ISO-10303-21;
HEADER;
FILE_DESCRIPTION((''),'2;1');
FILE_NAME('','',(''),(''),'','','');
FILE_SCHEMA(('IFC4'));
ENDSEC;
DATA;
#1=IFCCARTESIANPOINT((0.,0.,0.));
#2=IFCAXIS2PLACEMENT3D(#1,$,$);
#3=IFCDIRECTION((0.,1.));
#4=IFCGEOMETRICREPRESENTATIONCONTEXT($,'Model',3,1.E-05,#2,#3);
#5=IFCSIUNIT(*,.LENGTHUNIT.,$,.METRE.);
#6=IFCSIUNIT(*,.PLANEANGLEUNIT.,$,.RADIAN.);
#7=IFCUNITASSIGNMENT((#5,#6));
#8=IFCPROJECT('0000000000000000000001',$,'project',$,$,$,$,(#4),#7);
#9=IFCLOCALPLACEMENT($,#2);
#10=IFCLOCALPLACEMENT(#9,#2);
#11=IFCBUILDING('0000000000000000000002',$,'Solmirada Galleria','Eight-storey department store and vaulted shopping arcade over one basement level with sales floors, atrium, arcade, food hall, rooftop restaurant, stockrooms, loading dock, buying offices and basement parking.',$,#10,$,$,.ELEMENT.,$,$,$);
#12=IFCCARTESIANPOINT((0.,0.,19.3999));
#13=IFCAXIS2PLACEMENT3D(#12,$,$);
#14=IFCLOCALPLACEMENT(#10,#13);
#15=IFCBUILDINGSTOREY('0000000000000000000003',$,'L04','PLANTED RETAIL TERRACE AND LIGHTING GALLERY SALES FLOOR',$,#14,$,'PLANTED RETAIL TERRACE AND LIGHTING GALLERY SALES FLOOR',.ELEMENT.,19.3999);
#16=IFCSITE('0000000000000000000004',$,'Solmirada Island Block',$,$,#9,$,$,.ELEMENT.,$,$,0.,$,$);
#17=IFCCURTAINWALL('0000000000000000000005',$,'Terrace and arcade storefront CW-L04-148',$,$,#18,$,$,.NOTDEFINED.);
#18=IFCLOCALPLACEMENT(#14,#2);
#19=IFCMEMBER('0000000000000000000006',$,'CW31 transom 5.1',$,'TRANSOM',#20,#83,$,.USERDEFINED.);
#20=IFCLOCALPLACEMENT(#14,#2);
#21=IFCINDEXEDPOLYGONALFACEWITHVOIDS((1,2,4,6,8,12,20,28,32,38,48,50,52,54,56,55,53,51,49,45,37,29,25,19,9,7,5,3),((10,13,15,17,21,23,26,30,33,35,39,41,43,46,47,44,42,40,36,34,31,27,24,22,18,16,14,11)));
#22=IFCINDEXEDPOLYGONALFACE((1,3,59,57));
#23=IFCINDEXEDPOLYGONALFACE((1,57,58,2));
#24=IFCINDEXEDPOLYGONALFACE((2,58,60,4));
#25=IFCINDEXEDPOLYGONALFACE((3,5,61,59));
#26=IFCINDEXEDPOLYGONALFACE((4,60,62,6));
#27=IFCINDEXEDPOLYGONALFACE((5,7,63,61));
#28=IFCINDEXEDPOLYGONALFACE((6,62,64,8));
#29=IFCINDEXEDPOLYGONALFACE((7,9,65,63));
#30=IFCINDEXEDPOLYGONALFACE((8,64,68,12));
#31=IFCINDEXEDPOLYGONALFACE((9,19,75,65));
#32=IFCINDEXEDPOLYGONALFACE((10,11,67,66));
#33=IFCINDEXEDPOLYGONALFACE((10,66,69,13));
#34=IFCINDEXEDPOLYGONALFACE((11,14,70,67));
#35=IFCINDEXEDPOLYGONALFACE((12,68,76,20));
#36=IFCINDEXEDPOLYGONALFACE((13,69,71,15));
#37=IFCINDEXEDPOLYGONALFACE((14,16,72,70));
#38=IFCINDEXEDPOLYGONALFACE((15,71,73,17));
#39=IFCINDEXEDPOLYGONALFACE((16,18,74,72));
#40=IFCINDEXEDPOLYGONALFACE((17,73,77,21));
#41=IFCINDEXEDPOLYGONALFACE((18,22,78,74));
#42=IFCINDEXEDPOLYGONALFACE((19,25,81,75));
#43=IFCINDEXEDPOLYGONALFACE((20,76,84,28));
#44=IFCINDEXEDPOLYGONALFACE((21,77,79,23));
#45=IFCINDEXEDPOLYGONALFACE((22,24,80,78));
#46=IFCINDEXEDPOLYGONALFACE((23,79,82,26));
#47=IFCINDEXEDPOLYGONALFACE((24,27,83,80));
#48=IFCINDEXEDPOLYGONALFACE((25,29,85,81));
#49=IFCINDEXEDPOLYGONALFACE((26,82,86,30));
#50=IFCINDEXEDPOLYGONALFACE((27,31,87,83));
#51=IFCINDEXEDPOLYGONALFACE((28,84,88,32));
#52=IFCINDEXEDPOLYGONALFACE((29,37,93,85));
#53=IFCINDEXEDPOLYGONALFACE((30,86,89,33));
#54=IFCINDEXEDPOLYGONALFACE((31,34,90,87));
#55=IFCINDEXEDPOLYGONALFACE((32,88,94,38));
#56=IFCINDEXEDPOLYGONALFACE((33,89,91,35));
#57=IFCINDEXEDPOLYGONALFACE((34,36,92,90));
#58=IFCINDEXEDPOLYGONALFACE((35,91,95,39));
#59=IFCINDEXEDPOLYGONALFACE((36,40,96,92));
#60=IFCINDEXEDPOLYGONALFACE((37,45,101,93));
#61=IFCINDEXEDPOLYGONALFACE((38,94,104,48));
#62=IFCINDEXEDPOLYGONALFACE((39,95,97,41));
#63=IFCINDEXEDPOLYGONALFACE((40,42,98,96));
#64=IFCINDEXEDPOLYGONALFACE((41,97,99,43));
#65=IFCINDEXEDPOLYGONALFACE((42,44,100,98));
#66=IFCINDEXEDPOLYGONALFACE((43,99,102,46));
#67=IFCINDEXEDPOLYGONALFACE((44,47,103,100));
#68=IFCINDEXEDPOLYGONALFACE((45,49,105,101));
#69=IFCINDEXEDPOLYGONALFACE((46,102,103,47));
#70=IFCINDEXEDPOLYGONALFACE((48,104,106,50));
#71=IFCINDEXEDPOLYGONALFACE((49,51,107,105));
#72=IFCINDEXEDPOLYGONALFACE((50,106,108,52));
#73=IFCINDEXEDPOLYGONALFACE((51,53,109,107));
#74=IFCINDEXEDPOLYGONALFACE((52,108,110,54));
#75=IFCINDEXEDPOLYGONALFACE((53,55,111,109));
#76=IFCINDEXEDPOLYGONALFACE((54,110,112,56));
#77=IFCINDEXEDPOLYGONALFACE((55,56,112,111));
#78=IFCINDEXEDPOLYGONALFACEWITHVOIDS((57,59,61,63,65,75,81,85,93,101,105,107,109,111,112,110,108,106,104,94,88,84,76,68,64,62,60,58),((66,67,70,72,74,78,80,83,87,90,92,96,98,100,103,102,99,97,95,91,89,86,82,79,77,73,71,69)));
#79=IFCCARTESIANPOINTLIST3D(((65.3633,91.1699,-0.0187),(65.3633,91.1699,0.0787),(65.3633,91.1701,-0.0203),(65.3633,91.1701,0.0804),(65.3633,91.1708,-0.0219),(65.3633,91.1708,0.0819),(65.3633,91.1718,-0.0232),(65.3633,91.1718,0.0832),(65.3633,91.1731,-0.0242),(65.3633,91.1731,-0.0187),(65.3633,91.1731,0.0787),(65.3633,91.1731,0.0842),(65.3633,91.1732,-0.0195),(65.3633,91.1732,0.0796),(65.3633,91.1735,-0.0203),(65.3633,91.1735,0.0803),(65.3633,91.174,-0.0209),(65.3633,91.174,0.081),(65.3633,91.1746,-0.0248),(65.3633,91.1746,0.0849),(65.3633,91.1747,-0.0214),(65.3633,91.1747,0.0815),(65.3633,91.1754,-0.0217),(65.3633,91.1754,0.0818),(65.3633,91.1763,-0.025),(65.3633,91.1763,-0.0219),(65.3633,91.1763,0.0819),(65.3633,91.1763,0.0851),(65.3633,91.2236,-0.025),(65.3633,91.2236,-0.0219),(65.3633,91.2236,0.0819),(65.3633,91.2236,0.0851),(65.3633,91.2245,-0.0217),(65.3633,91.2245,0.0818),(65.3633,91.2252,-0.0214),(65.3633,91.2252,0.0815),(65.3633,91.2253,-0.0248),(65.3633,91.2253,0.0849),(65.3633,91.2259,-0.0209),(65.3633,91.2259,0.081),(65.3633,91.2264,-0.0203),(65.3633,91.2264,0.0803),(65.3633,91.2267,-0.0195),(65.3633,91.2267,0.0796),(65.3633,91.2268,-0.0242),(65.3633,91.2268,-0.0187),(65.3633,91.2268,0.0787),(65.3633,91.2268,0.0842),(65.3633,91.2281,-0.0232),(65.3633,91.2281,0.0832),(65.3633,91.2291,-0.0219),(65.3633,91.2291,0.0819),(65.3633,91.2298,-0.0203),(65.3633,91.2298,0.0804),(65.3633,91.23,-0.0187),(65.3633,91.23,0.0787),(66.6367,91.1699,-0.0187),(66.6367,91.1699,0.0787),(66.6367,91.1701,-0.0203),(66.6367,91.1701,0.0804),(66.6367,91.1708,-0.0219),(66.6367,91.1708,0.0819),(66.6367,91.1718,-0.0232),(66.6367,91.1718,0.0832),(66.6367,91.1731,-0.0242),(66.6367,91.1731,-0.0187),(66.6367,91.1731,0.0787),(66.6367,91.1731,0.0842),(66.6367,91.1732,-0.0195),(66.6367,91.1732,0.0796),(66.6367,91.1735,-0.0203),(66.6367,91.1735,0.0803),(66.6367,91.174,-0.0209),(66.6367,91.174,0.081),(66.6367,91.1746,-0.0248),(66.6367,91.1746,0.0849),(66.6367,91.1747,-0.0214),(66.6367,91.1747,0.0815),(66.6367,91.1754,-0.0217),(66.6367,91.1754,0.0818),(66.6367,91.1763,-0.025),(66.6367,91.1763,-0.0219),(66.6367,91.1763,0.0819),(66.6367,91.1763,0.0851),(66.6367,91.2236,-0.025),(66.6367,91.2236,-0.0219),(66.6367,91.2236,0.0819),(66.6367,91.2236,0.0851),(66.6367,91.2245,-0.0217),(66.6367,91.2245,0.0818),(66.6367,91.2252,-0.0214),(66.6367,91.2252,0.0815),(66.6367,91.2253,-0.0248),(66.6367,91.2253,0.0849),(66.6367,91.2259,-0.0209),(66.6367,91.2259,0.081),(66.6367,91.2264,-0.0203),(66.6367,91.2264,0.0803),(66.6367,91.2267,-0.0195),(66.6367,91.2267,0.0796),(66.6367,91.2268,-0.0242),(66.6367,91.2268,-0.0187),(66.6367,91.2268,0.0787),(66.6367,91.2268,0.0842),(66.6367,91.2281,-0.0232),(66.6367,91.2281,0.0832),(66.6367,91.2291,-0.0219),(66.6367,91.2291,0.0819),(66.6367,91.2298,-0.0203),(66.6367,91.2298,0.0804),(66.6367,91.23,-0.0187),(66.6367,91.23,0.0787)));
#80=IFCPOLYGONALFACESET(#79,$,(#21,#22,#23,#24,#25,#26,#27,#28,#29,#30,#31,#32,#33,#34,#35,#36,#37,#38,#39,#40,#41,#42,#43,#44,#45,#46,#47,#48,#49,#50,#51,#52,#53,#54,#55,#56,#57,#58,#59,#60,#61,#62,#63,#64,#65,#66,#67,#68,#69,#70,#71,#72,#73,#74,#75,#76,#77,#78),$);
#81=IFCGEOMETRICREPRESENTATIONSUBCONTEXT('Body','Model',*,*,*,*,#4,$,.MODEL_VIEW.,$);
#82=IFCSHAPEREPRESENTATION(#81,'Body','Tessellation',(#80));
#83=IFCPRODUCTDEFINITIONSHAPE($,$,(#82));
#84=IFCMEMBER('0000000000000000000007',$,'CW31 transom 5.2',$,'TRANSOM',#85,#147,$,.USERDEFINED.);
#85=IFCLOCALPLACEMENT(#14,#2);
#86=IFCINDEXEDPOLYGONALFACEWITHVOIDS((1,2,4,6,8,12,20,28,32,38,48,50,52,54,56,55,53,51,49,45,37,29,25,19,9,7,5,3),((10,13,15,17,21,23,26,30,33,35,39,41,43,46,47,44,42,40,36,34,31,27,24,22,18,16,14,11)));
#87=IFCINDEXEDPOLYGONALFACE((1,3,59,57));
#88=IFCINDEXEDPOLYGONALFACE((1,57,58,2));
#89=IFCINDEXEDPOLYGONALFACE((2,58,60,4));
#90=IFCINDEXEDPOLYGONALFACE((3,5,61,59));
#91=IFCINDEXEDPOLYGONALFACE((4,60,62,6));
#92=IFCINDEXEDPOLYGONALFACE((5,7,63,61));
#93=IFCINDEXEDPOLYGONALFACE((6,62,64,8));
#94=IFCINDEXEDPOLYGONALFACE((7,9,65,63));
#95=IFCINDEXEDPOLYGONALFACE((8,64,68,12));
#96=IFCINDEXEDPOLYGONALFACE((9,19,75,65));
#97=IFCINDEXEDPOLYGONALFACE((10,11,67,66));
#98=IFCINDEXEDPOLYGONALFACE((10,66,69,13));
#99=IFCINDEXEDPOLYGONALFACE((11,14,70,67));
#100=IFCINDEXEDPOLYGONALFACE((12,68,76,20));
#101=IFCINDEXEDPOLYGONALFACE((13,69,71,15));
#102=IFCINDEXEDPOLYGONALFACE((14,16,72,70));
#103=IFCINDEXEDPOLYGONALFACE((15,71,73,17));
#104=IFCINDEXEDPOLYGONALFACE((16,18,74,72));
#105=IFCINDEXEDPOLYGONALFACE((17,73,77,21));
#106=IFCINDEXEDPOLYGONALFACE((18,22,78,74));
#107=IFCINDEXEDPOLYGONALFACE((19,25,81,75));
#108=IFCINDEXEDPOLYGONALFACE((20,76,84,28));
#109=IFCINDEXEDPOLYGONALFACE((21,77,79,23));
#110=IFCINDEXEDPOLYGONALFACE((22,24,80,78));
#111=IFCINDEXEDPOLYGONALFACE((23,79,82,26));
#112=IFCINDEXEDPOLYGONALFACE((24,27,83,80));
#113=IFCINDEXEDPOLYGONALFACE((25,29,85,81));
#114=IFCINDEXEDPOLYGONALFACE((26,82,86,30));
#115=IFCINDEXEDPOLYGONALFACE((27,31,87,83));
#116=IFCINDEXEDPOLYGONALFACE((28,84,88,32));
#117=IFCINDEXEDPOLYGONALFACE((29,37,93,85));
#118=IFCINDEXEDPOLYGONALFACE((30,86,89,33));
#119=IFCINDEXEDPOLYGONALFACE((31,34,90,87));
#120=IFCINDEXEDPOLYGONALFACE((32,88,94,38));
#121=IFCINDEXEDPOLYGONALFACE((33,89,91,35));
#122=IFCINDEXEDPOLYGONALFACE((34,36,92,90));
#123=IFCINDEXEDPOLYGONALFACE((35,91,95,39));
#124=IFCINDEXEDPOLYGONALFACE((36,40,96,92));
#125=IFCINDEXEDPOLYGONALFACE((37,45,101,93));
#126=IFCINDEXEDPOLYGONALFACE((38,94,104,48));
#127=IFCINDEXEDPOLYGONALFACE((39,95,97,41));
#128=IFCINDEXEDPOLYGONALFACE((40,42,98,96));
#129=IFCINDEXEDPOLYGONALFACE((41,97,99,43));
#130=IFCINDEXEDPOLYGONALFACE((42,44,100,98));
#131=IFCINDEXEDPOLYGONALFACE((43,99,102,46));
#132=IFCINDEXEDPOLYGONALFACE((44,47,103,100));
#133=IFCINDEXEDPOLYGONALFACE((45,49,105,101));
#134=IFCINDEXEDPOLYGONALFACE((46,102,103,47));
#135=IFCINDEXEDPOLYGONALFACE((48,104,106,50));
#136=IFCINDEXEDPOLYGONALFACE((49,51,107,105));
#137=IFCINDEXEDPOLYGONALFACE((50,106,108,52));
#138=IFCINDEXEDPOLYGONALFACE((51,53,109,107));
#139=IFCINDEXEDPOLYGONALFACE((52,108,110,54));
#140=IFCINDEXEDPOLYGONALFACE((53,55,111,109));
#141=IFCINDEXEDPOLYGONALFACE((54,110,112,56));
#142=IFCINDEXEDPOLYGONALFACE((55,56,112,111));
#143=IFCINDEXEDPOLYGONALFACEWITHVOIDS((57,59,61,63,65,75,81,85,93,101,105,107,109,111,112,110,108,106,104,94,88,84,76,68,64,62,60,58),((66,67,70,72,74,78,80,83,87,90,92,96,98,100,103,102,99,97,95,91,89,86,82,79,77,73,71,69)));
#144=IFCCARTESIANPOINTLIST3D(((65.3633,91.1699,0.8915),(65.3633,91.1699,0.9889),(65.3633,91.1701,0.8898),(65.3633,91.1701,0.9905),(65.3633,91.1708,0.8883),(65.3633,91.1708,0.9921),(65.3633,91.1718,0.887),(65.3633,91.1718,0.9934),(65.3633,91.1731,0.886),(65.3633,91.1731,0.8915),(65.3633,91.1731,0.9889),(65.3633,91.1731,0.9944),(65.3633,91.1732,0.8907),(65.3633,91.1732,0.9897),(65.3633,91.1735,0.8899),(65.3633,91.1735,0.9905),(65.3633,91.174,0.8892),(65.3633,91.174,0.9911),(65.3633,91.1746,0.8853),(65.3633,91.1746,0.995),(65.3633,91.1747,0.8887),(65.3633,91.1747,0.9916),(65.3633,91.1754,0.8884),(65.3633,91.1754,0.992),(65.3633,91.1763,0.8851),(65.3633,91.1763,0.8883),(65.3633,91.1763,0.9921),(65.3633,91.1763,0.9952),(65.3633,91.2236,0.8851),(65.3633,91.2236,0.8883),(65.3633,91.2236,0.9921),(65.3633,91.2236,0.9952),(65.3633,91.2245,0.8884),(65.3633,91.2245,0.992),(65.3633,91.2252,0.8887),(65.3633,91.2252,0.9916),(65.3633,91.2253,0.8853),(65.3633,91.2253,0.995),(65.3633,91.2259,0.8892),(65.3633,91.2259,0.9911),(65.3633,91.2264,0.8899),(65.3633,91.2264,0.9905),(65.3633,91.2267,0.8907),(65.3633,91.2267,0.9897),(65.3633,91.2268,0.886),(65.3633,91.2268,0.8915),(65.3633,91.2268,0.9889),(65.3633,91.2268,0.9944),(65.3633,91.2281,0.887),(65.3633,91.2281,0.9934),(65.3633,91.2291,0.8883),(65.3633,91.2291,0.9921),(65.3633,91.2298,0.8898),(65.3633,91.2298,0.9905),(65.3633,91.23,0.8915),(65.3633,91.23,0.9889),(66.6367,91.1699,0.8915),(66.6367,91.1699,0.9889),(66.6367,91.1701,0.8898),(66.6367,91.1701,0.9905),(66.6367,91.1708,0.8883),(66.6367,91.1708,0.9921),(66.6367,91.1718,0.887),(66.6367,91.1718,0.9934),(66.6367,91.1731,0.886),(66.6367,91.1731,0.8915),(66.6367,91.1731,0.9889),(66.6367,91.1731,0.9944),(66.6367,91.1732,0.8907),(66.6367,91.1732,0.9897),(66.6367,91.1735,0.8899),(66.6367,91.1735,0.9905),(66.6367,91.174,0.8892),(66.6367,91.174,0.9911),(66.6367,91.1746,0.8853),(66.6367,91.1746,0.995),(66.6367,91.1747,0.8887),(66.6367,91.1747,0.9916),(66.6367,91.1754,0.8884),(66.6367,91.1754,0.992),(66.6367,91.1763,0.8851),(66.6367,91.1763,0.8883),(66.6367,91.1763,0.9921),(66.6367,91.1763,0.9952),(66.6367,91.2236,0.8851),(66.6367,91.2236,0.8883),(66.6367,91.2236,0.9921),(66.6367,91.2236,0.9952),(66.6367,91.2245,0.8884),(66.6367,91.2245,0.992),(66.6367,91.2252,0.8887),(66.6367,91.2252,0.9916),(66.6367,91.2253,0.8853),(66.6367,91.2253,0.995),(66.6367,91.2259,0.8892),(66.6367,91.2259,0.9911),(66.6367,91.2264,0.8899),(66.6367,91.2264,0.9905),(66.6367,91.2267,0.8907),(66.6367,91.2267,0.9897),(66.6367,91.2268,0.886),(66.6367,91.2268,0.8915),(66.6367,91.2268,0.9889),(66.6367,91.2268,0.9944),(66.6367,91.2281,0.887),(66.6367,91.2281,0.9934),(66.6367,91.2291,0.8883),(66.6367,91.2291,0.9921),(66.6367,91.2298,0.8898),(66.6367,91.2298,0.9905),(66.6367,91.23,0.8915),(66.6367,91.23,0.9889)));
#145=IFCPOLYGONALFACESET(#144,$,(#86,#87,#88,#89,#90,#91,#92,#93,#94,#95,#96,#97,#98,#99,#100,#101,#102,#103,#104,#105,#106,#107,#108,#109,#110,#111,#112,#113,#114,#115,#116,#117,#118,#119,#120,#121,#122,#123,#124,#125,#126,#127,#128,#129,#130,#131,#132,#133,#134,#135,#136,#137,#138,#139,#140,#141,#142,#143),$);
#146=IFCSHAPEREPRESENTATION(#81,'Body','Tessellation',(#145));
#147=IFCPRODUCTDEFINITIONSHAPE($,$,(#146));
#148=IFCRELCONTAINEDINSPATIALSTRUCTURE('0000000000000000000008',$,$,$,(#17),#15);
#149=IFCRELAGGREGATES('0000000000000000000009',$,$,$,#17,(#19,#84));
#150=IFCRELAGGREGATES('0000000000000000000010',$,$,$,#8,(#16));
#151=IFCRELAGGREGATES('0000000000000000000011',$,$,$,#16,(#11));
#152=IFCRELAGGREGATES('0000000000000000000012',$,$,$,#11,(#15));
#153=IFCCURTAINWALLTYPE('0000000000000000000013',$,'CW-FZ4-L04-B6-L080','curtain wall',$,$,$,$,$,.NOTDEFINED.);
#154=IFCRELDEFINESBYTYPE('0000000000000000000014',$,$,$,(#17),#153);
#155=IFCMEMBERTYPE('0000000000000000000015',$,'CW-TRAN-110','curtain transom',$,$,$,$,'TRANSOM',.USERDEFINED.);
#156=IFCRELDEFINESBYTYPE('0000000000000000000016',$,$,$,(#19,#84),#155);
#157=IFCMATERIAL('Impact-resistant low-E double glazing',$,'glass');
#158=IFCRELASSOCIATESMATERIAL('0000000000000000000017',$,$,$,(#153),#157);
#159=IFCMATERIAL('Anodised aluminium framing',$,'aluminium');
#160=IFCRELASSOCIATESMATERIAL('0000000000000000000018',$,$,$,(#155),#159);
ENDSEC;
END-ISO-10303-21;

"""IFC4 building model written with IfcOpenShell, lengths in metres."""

from ifc_helpers import new_model, si_unit, direction, frame, origin, origin_2d, place, context, subcontext, project, spatial, hollow_rectangle, extrude, material, material_profile, profile_set, type_object, element, aggregate, save


model = new_model("IFC4")

# Units and contexts
model_context = context("Model", 3, precision=1e-05, world=origin(), true_north=direction((0.0, 1.0)))
body_context = subcontext(model_context, "Body", "Model", "MODEL_VIEW")
ifc_project = project(units=[si_unit("LENGTHUNIT", "METRE"), si_unit("PLANEANGLEUNIT", "RADIAN")], contexts=[model_context])

# Site, building, storey
site_placement = place(None, origin())
site = spatial("IfcSite", under=ifc_project, at=site_placement, Name="Solmirada Island Block", CompositionType="ELEMENT", RefElevation=0.0)
building_placement = place(site_placement, origin())
building = spatial("IfcBuilding", under=site, at=building_placement, Name="Solmirada Galleria", Description="Eight-storey department store and vaulted shopping arcade over one basement level with sales floors, atrium, arcade, food hall, rooftop restaurant, stockrooms, loading dock, buying offices and basement parking.", CompositionType="ELEMENT")
storey_placement = place(building_placement, frame((0.0, 0.0, 19.3999)))
storey = spatial("IfcBuildingStorey", under=building, at=storey_placement, Name="L04", Description="PLANTED RETAIL TERRACE AND LIGHTING GALLERY SALES FLOOR", LongName="PLANTED RETAIL TERRACE AND LIGHTING GALLERY SALES FLOOR", CompositionType="ELEMENT", Elevation=19.3999)

# Curtain wall
ifc_material_1 = material(Name="Impact-resistant low-E double glazing", Category="glass")
curtain_wall_type = type_object("IfcCurtainWallType", Name="CW-FZ4-L04-B6-L080", Description="curtain wall", PredefinedType="NOTDEFINED", material=ifc_material_1)
curtain_wall_1_placement = place(storey_placement, origin())
curtain_wall_1 = element("IfcCurtainWall", 1, at=curtain_wall_1_placement, inside=storey, type_object=curtain_wall_type, Name="Terrace and arcade storefront CW-L04-148", PredefinedType="NOTDEFINED")
ifc_material_2 = material(Name="Anodised aluminium framing", Category="aluminium")

# Members
ifc_material_profile_1 = material_profile(ifc_material_2, hollow_rectangle(XDim=0.0601, YDim=0.1101, WallThickness=0.0032, InnerFilletRadius=0.0032, OuterFilletRadius=0.0063, at=origin_2d()), Name="ALU-TRAN-110X60")
ifc_profile_set_1 = profile_set([ifc_material_profile_1], Name="Anodised aluminium framing")
member_type_1 = type_object("IfcMemberType", Name="CW-TRAN-110", Description="curtain transom", ElementType="TRANSOM", PredefinedType="USERDEFINED", material=ifc_profile_set_1)
member_1_placement = place(storey_placement, frame((66.6367, 91.2, 0.03), z_axis=(-1.0, 0.0, 0.0), x_axis=(0.0, -1.0, 0.0)))
member_1 = element("IfcMember", 2, at=member_1_placement, type_object=member_type_1, Name="CW31 transom 5.1", ObjectType="TRANSOM", PredefinedType="USERDEFINED", context=body_context, shape_type="SweptSolid", body=[
    extrude(hollow_rectangle(XDim=0.0601, YDim=0.1101, WallThickness=0.0032, InnerFilletRadius=0.0032, OuterFilletRadius=0.0063, at=origin_2d()), origin(), (0.0, 0.0, 1.0), 1.2734),
])
member_2_placement = place(storey_placement, frame((66.6367, 91.2, 0.9402), z_axis=(-1.0, 0.0, 0.0), x_axis=(0.0, -1.0, 0.0)))
member_2 = element("IfcMember", 3, at=member_2_placement, type_object=member_type_1, Name="CW31 transom 5.2", ObjectType="TRANSOM", PredefinedType="USERDEFINED", context=body_context, shape_type="SweptSolid", body=[
    extrude(hollow_rectangle(XDim=0.0601, YDim=0.1101, WallThickness=0.0032, InnerFilletRadius=0.0032, OuterFilletRadius=0.0063, at=origin_2d()), origin(), (0.0, 0.0, 1.0), 1.2734),
])

aggregate(curtain_wall_1, [member_1, member_2])

save(model, "model.ifc")
